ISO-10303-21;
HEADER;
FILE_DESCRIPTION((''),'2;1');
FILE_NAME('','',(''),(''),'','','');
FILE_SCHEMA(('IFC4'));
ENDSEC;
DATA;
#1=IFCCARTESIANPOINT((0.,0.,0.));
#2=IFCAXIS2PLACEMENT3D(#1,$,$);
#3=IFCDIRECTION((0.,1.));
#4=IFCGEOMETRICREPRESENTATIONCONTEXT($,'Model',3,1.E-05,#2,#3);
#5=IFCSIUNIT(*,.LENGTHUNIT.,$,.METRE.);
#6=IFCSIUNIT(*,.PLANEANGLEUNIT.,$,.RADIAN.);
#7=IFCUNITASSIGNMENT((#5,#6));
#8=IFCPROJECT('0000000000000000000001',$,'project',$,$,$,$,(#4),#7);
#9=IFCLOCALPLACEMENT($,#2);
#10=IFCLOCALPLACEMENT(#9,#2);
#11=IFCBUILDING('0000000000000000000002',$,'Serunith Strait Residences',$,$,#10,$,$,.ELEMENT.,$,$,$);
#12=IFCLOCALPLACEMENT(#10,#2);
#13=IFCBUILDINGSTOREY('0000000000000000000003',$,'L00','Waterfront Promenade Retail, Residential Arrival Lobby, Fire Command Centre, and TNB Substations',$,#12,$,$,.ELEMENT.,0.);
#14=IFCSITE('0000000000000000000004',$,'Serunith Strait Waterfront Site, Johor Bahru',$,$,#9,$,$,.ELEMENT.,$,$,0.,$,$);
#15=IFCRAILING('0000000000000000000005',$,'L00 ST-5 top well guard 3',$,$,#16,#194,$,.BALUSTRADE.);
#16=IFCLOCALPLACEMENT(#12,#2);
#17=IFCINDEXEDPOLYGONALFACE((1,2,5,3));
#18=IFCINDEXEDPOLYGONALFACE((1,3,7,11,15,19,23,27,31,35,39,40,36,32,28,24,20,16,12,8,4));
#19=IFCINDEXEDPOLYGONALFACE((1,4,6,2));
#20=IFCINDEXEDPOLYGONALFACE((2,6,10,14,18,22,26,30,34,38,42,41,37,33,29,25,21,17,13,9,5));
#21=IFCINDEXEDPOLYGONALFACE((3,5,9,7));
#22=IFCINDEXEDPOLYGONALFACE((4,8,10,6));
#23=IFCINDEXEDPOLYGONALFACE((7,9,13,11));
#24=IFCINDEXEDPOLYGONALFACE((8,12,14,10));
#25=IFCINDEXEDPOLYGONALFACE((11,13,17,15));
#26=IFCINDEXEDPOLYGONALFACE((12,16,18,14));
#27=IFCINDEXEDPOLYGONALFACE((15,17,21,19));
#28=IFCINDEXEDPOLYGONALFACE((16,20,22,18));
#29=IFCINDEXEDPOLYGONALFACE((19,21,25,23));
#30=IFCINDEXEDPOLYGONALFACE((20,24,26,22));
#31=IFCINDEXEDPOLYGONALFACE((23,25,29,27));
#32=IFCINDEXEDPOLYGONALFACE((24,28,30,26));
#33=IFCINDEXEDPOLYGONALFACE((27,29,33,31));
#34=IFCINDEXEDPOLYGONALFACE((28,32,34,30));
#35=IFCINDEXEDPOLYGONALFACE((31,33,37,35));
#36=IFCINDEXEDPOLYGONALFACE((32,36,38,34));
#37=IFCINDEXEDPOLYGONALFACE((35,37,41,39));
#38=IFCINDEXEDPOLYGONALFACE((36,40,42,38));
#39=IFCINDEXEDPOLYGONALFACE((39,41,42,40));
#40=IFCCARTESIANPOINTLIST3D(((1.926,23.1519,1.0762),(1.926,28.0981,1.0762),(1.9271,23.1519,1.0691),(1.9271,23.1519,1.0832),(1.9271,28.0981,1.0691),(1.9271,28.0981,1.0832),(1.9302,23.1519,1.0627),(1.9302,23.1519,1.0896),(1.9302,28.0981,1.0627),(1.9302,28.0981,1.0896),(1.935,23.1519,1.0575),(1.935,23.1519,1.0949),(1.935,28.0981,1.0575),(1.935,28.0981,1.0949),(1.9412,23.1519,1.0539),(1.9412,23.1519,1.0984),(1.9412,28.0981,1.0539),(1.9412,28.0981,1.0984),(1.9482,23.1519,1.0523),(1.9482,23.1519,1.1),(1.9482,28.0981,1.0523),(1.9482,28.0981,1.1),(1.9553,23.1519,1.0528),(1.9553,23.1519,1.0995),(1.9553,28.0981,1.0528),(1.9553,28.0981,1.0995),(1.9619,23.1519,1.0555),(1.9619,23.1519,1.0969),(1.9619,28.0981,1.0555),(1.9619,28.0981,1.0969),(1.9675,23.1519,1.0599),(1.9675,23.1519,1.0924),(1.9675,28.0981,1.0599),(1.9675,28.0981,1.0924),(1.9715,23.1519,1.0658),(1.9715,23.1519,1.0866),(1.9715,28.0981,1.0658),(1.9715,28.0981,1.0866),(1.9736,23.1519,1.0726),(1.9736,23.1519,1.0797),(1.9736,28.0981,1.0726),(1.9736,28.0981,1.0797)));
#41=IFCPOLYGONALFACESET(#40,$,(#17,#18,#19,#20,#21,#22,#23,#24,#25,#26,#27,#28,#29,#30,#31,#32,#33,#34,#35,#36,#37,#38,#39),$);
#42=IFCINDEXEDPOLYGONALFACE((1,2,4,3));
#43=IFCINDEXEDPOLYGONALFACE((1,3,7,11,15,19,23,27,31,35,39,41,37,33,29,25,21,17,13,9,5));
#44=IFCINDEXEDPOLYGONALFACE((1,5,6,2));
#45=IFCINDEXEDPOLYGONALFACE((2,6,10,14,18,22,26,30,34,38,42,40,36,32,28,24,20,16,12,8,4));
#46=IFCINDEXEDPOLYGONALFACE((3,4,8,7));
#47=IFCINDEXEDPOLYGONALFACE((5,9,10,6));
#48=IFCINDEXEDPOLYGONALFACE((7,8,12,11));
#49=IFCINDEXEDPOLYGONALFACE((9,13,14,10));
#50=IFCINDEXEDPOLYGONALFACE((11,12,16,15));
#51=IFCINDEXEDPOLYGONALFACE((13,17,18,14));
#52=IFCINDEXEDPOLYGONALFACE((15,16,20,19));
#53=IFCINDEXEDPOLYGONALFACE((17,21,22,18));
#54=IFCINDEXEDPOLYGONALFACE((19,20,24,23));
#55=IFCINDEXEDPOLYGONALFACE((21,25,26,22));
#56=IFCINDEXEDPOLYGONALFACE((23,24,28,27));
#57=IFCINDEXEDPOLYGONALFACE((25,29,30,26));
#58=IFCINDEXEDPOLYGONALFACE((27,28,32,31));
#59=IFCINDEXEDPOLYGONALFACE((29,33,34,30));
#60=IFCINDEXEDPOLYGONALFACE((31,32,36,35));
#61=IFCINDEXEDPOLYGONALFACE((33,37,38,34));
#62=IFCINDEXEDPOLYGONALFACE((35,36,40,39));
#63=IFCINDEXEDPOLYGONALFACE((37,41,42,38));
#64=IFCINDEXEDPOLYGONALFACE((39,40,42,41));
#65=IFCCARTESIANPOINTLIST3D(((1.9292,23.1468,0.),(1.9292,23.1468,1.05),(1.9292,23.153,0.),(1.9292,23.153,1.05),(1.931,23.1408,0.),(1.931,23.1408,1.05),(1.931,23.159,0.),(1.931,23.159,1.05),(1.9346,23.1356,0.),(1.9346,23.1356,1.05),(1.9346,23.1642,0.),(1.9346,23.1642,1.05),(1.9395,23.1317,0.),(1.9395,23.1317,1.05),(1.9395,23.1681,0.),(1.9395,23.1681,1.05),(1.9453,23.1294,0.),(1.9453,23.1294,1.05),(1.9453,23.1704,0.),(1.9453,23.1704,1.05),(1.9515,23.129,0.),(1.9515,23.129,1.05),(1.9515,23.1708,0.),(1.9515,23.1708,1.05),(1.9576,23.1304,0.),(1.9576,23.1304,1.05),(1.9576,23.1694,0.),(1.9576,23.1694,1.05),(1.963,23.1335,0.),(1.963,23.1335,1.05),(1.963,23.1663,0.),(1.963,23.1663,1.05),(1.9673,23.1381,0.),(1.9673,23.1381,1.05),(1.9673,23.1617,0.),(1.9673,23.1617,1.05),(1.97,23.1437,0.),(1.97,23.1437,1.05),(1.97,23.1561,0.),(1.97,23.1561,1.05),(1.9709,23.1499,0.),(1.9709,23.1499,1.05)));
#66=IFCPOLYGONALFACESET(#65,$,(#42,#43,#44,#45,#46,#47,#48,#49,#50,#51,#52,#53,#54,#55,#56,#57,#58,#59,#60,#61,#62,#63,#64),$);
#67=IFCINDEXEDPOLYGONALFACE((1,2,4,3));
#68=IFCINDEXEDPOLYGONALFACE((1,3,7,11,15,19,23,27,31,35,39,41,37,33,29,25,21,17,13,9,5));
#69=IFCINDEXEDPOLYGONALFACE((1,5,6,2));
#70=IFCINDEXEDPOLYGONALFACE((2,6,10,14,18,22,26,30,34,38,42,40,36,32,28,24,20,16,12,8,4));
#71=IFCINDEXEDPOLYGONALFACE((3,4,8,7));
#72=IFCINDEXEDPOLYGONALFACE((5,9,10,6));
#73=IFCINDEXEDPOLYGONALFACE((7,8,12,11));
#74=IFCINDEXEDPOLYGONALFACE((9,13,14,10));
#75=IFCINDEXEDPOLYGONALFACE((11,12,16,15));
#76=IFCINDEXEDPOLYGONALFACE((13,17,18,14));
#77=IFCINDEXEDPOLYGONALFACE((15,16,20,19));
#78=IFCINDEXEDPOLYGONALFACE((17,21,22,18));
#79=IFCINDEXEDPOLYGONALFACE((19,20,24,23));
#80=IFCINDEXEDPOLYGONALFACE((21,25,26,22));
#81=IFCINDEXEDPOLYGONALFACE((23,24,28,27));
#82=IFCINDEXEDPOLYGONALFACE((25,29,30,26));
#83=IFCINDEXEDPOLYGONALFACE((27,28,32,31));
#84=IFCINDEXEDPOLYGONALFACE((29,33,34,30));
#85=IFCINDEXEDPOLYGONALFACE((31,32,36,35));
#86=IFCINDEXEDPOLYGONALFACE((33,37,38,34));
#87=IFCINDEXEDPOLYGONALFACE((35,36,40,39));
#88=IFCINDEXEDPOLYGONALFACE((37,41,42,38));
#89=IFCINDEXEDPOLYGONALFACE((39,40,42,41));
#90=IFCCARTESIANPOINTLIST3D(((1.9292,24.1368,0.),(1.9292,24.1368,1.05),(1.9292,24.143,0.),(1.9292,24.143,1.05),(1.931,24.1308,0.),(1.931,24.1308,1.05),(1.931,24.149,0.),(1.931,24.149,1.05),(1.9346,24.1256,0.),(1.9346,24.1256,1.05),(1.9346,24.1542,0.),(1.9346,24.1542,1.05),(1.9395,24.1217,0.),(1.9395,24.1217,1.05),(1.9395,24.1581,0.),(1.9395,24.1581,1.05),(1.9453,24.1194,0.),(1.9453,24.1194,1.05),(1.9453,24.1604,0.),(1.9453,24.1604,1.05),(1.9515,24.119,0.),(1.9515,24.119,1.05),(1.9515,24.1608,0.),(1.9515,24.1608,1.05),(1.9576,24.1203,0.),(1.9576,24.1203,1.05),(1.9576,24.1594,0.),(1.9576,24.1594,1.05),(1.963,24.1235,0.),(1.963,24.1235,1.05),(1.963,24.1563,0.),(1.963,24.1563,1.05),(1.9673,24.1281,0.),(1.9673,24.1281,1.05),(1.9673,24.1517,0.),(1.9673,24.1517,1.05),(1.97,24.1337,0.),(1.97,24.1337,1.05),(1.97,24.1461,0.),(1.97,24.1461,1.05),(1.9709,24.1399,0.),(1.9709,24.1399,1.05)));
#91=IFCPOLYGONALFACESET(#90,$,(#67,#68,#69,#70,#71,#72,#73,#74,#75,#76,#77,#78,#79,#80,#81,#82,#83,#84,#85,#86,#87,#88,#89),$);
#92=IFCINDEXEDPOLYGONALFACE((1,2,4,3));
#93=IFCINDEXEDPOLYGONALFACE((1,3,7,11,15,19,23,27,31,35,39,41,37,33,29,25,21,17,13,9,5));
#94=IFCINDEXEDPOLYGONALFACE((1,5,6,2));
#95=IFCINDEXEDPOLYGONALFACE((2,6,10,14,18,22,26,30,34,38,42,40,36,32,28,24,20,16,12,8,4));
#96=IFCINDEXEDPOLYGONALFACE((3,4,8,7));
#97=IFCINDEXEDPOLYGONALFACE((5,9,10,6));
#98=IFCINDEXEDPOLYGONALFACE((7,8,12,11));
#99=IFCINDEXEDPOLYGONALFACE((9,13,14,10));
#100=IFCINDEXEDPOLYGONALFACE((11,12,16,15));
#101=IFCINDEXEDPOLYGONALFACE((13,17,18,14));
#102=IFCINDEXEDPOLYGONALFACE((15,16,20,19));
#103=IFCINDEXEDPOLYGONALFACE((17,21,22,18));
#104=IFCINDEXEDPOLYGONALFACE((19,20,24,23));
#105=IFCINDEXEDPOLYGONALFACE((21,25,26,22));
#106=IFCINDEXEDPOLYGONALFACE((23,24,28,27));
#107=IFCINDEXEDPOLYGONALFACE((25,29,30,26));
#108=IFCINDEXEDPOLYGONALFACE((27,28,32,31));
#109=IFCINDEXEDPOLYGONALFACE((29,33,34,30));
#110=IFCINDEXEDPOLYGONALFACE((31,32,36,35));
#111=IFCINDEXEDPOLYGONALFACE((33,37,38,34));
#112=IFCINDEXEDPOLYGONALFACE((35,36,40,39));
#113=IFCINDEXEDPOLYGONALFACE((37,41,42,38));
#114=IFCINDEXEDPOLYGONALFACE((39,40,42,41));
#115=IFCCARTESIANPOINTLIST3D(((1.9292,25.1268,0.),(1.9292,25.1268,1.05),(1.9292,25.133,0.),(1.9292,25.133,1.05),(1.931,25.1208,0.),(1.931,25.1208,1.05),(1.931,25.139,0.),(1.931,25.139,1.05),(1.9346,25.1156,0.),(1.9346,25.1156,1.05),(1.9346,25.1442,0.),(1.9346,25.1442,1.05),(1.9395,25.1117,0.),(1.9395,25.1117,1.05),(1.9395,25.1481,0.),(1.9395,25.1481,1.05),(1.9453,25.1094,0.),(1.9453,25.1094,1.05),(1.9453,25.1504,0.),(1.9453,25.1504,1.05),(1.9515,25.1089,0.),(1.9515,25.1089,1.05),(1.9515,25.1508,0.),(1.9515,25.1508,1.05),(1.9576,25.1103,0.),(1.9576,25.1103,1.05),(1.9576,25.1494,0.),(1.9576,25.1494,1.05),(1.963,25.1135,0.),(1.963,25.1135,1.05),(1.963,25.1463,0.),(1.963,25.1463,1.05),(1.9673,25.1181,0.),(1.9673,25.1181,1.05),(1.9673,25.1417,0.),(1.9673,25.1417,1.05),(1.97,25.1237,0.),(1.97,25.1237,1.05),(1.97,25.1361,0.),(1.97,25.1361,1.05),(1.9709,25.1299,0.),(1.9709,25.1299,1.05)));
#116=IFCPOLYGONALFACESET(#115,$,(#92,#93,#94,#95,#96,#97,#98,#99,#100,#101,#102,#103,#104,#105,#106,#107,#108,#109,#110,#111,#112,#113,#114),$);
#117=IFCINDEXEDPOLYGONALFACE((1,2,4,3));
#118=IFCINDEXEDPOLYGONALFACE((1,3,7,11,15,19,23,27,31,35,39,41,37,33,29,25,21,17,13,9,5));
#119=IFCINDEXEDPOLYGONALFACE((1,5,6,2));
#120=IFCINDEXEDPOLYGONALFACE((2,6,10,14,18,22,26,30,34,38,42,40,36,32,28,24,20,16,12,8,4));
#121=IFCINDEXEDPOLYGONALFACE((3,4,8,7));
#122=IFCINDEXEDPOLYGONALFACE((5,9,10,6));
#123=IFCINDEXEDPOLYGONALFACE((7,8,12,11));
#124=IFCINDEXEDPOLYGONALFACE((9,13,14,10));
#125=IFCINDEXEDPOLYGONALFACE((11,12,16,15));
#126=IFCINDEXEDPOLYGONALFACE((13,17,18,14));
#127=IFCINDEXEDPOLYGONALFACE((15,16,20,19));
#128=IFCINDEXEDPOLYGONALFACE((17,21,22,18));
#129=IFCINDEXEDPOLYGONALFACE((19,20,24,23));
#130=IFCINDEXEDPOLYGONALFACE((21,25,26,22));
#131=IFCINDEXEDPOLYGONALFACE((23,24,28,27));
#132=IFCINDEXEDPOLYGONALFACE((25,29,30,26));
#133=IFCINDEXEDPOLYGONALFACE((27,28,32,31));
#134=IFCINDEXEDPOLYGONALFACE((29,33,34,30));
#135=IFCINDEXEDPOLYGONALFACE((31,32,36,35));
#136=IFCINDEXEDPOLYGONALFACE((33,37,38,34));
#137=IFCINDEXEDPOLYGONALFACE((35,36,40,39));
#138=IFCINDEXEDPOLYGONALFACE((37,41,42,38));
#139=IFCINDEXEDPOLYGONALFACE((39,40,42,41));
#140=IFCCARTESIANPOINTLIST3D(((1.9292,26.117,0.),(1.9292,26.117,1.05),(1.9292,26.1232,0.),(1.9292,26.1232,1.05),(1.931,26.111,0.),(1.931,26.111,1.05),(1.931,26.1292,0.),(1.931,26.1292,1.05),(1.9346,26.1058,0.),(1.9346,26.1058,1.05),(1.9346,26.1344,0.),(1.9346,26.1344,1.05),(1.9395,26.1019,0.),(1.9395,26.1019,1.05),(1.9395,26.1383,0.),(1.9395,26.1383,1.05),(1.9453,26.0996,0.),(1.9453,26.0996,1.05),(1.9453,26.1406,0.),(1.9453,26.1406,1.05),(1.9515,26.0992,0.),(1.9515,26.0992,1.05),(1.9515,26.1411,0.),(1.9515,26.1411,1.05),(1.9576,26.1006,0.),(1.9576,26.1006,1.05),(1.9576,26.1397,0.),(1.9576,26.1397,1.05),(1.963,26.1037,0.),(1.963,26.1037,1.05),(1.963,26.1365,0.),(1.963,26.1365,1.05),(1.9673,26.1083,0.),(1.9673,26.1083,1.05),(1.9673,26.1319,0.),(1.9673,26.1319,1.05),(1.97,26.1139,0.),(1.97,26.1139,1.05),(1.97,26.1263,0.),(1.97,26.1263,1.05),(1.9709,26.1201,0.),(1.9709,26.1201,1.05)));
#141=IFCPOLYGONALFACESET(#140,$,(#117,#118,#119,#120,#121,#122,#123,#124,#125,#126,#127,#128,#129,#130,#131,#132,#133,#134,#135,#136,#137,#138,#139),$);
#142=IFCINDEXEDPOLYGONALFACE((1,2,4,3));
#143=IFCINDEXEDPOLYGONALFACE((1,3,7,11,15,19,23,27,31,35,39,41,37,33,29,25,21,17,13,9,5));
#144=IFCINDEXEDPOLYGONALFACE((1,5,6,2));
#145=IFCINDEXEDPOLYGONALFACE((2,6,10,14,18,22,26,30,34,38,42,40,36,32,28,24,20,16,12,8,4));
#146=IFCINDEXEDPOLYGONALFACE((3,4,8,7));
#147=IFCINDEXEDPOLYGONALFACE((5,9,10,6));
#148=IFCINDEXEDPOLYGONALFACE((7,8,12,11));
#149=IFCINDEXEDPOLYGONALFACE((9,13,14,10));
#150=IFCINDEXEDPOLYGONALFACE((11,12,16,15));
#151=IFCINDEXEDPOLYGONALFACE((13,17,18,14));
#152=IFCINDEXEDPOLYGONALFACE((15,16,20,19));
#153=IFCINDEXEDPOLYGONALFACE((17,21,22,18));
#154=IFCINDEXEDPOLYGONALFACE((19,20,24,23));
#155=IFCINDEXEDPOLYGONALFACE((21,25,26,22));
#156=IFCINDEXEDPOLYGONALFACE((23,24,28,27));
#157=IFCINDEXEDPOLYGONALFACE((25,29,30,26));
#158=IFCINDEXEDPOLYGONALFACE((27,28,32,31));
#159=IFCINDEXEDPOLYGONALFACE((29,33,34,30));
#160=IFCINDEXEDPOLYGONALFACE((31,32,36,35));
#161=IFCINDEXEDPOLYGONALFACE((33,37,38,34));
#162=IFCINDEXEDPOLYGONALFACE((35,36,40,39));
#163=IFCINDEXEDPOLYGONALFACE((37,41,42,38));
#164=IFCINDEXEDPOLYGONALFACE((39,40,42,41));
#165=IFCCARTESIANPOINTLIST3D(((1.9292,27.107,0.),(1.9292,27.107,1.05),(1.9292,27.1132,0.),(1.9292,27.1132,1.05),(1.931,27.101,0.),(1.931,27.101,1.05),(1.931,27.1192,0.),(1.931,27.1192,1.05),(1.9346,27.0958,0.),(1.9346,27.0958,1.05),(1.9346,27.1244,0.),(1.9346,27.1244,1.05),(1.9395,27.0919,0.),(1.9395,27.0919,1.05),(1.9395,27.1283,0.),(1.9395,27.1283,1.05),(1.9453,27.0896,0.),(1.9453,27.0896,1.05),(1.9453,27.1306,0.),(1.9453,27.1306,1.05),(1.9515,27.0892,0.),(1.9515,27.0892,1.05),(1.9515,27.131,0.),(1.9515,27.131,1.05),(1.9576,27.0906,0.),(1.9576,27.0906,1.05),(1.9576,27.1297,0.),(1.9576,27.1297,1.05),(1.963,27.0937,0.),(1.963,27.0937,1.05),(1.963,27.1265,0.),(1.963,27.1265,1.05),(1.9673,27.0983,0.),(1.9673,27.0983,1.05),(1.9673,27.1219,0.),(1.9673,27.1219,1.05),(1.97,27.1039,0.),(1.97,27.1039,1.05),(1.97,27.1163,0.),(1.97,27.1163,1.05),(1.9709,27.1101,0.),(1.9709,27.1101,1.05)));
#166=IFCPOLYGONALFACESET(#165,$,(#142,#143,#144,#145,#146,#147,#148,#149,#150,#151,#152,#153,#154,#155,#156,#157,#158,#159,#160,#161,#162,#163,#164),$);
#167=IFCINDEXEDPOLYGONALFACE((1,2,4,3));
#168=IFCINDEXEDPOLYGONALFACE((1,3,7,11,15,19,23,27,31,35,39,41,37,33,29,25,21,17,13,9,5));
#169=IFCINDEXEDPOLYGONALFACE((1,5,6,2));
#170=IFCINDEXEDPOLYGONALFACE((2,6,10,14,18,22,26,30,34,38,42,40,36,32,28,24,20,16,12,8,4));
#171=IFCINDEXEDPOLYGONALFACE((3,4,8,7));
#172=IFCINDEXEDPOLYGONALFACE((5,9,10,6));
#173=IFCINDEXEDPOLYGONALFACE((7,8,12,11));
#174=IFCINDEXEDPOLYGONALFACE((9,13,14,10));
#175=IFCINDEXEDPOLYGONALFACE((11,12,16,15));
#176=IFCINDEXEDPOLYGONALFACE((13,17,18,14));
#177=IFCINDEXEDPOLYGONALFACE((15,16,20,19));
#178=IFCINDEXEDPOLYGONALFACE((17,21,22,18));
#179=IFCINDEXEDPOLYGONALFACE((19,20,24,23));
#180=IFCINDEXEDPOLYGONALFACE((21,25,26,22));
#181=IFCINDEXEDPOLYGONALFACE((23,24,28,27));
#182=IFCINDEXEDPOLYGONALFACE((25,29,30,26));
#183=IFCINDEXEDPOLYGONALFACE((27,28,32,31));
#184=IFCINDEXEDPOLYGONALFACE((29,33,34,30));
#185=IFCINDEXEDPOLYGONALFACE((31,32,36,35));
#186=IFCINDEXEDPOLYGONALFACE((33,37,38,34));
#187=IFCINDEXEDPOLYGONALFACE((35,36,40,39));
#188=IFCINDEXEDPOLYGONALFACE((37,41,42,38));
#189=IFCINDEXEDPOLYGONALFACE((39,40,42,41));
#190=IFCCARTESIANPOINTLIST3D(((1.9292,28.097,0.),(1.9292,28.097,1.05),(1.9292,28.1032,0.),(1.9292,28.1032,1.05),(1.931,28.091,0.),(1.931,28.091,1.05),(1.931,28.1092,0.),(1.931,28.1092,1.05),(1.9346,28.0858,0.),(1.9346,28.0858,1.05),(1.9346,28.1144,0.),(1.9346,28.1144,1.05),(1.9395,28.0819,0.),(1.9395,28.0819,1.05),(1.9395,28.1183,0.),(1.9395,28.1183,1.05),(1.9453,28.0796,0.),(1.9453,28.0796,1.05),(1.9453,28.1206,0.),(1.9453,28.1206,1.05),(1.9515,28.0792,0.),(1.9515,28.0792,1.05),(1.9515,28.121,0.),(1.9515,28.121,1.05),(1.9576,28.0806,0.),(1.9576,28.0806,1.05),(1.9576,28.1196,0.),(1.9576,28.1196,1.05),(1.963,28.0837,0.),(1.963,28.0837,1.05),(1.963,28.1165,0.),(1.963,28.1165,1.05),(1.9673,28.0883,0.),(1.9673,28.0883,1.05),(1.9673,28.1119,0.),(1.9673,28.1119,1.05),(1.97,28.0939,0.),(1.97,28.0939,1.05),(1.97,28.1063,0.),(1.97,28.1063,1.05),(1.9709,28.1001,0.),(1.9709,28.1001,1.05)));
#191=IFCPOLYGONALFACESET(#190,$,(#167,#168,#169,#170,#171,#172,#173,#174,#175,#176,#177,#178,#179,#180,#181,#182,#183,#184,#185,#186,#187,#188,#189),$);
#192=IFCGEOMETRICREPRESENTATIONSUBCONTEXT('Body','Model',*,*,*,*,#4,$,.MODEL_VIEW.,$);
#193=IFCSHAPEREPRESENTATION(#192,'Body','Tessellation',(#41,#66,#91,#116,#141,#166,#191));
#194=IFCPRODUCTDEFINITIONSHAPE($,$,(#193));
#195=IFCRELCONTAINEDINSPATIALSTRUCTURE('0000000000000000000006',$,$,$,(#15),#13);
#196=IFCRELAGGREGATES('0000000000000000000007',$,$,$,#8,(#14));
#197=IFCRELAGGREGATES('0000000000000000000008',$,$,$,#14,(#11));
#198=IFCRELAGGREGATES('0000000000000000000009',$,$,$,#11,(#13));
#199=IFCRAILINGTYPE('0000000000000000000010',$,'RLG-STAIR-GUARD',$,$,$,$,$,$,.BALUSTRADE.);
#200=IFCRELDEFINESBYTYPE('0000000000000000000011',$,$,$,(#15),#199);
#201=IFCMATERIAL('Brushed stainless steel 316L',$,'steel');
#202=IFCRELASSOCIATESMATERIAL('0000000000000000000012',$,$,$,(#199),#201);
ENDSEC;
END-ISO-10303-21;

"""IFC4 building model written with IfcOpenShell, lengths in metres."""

from ifc_helpers import new_model, si_unit, direction, frame, origin, origin_2d, place, context, subcontext, project, spatial, circle, extrude, material, type_object, element, save


model = new_model("IFC4")

# Units and contexts
model_context = context("Model", 3, precision=1e-05, world=origin(), true_north=direction((0.0, 1.0)))
body_context = subcontext(model_context, "Body", "Model", "MODEL_VIEW")
ifc_project = project(units=[si_unit("LENGTHUNIT", "METRE"), si_unit("PLANEANGLEUNIT", "RADIAN")], contexts=[model_context])

# Site, building, storey
site_placement = place(None, origin())
site = spatial("IfcSite", under=ifc_project, at=site_placement, Name="Serunith Strait Waterfront Site, Johor Bahru", CompositionType="ELEMENT", RefElevation=0.0)
building_placement = place(site_placement, origin())
building = spatial("IfcBuilding", under=site, at=building_placement, Name="Serunith Strait Residences", CompositionType="ELEMENT")
storey_placement = place(building_placement, origin())
storey = spatial("IfcBuildingStorey", under=building, at=storey_placement, Name="L00", Description="Waterfront Promenade Retail, Residential Arrival Lobby, Fire Command Centre, and TNB Substations", CompositionType="ELEMENT", Elevation=0.0)

# Railing
ifc_material_1 = material(Name="Brushed stainless steel 316L", Category="steel")
railing_type = type_object("IfcRailingType", Name="RLG-STAIR-GUARD", PredefinedType="BALUSTRADE", material=ifc_material_1)
for number, where, name in (
    (1, (1.95, 23.1499, 0.0), "L00 ST-5 top well guard 3"),
):
    element("IfcRailing", number, at=place(storey_placement, frame(where)), inside=storey, type_object=railing_type, Name=name, PredefinedType="BALUSTRADE", context=body_context, shape_type="SweptSolid", body=[
        extrude(circle(Radius=0.0239, at=origin_2d()), frame((0.0, 0.002, 1.0762), z_axis=(0.0, 1.0, 0.0), x_axis=(-1.0, 0.0, 0.0)), (0.0, 0.0, 1.0), 4.9463),
        extrude(circle(Radius=0.021, at=origin_2d()), origin(), (0.0, 0.0, 1.0), 1.05),
        extrude(circle(Radius=0.021, at=origin_2d()), frame((0.0, 0.99, 0.0)), (0.0, 0.0, 1.0), 1.05),
        extrude(circle(Radius=0.021, at=origin_2d()), frame((0.0, 1.98, 0.0)), (0.0, 0.0, 1.0), 1.05),
        extrude(circle(Radius=0.021, at=origin_2d()), frame((0.0, 2.9702, 0.0)), (0.0, 0.0, 1.0), 1.05),
        extrude(circle(Radius=0.021, at=origin_2d()), frame((0.0, 3.9602, 0.0)), (0.0, 0.0, 1.0), 1.05),
        extrude(circle(Radius=0.021, at=origin_2d()), frame((0.0, 4.9502, 0.0)), (0.0, 0.0, 1.0), 1.05),
    ])

save(model, "model.ifc")
